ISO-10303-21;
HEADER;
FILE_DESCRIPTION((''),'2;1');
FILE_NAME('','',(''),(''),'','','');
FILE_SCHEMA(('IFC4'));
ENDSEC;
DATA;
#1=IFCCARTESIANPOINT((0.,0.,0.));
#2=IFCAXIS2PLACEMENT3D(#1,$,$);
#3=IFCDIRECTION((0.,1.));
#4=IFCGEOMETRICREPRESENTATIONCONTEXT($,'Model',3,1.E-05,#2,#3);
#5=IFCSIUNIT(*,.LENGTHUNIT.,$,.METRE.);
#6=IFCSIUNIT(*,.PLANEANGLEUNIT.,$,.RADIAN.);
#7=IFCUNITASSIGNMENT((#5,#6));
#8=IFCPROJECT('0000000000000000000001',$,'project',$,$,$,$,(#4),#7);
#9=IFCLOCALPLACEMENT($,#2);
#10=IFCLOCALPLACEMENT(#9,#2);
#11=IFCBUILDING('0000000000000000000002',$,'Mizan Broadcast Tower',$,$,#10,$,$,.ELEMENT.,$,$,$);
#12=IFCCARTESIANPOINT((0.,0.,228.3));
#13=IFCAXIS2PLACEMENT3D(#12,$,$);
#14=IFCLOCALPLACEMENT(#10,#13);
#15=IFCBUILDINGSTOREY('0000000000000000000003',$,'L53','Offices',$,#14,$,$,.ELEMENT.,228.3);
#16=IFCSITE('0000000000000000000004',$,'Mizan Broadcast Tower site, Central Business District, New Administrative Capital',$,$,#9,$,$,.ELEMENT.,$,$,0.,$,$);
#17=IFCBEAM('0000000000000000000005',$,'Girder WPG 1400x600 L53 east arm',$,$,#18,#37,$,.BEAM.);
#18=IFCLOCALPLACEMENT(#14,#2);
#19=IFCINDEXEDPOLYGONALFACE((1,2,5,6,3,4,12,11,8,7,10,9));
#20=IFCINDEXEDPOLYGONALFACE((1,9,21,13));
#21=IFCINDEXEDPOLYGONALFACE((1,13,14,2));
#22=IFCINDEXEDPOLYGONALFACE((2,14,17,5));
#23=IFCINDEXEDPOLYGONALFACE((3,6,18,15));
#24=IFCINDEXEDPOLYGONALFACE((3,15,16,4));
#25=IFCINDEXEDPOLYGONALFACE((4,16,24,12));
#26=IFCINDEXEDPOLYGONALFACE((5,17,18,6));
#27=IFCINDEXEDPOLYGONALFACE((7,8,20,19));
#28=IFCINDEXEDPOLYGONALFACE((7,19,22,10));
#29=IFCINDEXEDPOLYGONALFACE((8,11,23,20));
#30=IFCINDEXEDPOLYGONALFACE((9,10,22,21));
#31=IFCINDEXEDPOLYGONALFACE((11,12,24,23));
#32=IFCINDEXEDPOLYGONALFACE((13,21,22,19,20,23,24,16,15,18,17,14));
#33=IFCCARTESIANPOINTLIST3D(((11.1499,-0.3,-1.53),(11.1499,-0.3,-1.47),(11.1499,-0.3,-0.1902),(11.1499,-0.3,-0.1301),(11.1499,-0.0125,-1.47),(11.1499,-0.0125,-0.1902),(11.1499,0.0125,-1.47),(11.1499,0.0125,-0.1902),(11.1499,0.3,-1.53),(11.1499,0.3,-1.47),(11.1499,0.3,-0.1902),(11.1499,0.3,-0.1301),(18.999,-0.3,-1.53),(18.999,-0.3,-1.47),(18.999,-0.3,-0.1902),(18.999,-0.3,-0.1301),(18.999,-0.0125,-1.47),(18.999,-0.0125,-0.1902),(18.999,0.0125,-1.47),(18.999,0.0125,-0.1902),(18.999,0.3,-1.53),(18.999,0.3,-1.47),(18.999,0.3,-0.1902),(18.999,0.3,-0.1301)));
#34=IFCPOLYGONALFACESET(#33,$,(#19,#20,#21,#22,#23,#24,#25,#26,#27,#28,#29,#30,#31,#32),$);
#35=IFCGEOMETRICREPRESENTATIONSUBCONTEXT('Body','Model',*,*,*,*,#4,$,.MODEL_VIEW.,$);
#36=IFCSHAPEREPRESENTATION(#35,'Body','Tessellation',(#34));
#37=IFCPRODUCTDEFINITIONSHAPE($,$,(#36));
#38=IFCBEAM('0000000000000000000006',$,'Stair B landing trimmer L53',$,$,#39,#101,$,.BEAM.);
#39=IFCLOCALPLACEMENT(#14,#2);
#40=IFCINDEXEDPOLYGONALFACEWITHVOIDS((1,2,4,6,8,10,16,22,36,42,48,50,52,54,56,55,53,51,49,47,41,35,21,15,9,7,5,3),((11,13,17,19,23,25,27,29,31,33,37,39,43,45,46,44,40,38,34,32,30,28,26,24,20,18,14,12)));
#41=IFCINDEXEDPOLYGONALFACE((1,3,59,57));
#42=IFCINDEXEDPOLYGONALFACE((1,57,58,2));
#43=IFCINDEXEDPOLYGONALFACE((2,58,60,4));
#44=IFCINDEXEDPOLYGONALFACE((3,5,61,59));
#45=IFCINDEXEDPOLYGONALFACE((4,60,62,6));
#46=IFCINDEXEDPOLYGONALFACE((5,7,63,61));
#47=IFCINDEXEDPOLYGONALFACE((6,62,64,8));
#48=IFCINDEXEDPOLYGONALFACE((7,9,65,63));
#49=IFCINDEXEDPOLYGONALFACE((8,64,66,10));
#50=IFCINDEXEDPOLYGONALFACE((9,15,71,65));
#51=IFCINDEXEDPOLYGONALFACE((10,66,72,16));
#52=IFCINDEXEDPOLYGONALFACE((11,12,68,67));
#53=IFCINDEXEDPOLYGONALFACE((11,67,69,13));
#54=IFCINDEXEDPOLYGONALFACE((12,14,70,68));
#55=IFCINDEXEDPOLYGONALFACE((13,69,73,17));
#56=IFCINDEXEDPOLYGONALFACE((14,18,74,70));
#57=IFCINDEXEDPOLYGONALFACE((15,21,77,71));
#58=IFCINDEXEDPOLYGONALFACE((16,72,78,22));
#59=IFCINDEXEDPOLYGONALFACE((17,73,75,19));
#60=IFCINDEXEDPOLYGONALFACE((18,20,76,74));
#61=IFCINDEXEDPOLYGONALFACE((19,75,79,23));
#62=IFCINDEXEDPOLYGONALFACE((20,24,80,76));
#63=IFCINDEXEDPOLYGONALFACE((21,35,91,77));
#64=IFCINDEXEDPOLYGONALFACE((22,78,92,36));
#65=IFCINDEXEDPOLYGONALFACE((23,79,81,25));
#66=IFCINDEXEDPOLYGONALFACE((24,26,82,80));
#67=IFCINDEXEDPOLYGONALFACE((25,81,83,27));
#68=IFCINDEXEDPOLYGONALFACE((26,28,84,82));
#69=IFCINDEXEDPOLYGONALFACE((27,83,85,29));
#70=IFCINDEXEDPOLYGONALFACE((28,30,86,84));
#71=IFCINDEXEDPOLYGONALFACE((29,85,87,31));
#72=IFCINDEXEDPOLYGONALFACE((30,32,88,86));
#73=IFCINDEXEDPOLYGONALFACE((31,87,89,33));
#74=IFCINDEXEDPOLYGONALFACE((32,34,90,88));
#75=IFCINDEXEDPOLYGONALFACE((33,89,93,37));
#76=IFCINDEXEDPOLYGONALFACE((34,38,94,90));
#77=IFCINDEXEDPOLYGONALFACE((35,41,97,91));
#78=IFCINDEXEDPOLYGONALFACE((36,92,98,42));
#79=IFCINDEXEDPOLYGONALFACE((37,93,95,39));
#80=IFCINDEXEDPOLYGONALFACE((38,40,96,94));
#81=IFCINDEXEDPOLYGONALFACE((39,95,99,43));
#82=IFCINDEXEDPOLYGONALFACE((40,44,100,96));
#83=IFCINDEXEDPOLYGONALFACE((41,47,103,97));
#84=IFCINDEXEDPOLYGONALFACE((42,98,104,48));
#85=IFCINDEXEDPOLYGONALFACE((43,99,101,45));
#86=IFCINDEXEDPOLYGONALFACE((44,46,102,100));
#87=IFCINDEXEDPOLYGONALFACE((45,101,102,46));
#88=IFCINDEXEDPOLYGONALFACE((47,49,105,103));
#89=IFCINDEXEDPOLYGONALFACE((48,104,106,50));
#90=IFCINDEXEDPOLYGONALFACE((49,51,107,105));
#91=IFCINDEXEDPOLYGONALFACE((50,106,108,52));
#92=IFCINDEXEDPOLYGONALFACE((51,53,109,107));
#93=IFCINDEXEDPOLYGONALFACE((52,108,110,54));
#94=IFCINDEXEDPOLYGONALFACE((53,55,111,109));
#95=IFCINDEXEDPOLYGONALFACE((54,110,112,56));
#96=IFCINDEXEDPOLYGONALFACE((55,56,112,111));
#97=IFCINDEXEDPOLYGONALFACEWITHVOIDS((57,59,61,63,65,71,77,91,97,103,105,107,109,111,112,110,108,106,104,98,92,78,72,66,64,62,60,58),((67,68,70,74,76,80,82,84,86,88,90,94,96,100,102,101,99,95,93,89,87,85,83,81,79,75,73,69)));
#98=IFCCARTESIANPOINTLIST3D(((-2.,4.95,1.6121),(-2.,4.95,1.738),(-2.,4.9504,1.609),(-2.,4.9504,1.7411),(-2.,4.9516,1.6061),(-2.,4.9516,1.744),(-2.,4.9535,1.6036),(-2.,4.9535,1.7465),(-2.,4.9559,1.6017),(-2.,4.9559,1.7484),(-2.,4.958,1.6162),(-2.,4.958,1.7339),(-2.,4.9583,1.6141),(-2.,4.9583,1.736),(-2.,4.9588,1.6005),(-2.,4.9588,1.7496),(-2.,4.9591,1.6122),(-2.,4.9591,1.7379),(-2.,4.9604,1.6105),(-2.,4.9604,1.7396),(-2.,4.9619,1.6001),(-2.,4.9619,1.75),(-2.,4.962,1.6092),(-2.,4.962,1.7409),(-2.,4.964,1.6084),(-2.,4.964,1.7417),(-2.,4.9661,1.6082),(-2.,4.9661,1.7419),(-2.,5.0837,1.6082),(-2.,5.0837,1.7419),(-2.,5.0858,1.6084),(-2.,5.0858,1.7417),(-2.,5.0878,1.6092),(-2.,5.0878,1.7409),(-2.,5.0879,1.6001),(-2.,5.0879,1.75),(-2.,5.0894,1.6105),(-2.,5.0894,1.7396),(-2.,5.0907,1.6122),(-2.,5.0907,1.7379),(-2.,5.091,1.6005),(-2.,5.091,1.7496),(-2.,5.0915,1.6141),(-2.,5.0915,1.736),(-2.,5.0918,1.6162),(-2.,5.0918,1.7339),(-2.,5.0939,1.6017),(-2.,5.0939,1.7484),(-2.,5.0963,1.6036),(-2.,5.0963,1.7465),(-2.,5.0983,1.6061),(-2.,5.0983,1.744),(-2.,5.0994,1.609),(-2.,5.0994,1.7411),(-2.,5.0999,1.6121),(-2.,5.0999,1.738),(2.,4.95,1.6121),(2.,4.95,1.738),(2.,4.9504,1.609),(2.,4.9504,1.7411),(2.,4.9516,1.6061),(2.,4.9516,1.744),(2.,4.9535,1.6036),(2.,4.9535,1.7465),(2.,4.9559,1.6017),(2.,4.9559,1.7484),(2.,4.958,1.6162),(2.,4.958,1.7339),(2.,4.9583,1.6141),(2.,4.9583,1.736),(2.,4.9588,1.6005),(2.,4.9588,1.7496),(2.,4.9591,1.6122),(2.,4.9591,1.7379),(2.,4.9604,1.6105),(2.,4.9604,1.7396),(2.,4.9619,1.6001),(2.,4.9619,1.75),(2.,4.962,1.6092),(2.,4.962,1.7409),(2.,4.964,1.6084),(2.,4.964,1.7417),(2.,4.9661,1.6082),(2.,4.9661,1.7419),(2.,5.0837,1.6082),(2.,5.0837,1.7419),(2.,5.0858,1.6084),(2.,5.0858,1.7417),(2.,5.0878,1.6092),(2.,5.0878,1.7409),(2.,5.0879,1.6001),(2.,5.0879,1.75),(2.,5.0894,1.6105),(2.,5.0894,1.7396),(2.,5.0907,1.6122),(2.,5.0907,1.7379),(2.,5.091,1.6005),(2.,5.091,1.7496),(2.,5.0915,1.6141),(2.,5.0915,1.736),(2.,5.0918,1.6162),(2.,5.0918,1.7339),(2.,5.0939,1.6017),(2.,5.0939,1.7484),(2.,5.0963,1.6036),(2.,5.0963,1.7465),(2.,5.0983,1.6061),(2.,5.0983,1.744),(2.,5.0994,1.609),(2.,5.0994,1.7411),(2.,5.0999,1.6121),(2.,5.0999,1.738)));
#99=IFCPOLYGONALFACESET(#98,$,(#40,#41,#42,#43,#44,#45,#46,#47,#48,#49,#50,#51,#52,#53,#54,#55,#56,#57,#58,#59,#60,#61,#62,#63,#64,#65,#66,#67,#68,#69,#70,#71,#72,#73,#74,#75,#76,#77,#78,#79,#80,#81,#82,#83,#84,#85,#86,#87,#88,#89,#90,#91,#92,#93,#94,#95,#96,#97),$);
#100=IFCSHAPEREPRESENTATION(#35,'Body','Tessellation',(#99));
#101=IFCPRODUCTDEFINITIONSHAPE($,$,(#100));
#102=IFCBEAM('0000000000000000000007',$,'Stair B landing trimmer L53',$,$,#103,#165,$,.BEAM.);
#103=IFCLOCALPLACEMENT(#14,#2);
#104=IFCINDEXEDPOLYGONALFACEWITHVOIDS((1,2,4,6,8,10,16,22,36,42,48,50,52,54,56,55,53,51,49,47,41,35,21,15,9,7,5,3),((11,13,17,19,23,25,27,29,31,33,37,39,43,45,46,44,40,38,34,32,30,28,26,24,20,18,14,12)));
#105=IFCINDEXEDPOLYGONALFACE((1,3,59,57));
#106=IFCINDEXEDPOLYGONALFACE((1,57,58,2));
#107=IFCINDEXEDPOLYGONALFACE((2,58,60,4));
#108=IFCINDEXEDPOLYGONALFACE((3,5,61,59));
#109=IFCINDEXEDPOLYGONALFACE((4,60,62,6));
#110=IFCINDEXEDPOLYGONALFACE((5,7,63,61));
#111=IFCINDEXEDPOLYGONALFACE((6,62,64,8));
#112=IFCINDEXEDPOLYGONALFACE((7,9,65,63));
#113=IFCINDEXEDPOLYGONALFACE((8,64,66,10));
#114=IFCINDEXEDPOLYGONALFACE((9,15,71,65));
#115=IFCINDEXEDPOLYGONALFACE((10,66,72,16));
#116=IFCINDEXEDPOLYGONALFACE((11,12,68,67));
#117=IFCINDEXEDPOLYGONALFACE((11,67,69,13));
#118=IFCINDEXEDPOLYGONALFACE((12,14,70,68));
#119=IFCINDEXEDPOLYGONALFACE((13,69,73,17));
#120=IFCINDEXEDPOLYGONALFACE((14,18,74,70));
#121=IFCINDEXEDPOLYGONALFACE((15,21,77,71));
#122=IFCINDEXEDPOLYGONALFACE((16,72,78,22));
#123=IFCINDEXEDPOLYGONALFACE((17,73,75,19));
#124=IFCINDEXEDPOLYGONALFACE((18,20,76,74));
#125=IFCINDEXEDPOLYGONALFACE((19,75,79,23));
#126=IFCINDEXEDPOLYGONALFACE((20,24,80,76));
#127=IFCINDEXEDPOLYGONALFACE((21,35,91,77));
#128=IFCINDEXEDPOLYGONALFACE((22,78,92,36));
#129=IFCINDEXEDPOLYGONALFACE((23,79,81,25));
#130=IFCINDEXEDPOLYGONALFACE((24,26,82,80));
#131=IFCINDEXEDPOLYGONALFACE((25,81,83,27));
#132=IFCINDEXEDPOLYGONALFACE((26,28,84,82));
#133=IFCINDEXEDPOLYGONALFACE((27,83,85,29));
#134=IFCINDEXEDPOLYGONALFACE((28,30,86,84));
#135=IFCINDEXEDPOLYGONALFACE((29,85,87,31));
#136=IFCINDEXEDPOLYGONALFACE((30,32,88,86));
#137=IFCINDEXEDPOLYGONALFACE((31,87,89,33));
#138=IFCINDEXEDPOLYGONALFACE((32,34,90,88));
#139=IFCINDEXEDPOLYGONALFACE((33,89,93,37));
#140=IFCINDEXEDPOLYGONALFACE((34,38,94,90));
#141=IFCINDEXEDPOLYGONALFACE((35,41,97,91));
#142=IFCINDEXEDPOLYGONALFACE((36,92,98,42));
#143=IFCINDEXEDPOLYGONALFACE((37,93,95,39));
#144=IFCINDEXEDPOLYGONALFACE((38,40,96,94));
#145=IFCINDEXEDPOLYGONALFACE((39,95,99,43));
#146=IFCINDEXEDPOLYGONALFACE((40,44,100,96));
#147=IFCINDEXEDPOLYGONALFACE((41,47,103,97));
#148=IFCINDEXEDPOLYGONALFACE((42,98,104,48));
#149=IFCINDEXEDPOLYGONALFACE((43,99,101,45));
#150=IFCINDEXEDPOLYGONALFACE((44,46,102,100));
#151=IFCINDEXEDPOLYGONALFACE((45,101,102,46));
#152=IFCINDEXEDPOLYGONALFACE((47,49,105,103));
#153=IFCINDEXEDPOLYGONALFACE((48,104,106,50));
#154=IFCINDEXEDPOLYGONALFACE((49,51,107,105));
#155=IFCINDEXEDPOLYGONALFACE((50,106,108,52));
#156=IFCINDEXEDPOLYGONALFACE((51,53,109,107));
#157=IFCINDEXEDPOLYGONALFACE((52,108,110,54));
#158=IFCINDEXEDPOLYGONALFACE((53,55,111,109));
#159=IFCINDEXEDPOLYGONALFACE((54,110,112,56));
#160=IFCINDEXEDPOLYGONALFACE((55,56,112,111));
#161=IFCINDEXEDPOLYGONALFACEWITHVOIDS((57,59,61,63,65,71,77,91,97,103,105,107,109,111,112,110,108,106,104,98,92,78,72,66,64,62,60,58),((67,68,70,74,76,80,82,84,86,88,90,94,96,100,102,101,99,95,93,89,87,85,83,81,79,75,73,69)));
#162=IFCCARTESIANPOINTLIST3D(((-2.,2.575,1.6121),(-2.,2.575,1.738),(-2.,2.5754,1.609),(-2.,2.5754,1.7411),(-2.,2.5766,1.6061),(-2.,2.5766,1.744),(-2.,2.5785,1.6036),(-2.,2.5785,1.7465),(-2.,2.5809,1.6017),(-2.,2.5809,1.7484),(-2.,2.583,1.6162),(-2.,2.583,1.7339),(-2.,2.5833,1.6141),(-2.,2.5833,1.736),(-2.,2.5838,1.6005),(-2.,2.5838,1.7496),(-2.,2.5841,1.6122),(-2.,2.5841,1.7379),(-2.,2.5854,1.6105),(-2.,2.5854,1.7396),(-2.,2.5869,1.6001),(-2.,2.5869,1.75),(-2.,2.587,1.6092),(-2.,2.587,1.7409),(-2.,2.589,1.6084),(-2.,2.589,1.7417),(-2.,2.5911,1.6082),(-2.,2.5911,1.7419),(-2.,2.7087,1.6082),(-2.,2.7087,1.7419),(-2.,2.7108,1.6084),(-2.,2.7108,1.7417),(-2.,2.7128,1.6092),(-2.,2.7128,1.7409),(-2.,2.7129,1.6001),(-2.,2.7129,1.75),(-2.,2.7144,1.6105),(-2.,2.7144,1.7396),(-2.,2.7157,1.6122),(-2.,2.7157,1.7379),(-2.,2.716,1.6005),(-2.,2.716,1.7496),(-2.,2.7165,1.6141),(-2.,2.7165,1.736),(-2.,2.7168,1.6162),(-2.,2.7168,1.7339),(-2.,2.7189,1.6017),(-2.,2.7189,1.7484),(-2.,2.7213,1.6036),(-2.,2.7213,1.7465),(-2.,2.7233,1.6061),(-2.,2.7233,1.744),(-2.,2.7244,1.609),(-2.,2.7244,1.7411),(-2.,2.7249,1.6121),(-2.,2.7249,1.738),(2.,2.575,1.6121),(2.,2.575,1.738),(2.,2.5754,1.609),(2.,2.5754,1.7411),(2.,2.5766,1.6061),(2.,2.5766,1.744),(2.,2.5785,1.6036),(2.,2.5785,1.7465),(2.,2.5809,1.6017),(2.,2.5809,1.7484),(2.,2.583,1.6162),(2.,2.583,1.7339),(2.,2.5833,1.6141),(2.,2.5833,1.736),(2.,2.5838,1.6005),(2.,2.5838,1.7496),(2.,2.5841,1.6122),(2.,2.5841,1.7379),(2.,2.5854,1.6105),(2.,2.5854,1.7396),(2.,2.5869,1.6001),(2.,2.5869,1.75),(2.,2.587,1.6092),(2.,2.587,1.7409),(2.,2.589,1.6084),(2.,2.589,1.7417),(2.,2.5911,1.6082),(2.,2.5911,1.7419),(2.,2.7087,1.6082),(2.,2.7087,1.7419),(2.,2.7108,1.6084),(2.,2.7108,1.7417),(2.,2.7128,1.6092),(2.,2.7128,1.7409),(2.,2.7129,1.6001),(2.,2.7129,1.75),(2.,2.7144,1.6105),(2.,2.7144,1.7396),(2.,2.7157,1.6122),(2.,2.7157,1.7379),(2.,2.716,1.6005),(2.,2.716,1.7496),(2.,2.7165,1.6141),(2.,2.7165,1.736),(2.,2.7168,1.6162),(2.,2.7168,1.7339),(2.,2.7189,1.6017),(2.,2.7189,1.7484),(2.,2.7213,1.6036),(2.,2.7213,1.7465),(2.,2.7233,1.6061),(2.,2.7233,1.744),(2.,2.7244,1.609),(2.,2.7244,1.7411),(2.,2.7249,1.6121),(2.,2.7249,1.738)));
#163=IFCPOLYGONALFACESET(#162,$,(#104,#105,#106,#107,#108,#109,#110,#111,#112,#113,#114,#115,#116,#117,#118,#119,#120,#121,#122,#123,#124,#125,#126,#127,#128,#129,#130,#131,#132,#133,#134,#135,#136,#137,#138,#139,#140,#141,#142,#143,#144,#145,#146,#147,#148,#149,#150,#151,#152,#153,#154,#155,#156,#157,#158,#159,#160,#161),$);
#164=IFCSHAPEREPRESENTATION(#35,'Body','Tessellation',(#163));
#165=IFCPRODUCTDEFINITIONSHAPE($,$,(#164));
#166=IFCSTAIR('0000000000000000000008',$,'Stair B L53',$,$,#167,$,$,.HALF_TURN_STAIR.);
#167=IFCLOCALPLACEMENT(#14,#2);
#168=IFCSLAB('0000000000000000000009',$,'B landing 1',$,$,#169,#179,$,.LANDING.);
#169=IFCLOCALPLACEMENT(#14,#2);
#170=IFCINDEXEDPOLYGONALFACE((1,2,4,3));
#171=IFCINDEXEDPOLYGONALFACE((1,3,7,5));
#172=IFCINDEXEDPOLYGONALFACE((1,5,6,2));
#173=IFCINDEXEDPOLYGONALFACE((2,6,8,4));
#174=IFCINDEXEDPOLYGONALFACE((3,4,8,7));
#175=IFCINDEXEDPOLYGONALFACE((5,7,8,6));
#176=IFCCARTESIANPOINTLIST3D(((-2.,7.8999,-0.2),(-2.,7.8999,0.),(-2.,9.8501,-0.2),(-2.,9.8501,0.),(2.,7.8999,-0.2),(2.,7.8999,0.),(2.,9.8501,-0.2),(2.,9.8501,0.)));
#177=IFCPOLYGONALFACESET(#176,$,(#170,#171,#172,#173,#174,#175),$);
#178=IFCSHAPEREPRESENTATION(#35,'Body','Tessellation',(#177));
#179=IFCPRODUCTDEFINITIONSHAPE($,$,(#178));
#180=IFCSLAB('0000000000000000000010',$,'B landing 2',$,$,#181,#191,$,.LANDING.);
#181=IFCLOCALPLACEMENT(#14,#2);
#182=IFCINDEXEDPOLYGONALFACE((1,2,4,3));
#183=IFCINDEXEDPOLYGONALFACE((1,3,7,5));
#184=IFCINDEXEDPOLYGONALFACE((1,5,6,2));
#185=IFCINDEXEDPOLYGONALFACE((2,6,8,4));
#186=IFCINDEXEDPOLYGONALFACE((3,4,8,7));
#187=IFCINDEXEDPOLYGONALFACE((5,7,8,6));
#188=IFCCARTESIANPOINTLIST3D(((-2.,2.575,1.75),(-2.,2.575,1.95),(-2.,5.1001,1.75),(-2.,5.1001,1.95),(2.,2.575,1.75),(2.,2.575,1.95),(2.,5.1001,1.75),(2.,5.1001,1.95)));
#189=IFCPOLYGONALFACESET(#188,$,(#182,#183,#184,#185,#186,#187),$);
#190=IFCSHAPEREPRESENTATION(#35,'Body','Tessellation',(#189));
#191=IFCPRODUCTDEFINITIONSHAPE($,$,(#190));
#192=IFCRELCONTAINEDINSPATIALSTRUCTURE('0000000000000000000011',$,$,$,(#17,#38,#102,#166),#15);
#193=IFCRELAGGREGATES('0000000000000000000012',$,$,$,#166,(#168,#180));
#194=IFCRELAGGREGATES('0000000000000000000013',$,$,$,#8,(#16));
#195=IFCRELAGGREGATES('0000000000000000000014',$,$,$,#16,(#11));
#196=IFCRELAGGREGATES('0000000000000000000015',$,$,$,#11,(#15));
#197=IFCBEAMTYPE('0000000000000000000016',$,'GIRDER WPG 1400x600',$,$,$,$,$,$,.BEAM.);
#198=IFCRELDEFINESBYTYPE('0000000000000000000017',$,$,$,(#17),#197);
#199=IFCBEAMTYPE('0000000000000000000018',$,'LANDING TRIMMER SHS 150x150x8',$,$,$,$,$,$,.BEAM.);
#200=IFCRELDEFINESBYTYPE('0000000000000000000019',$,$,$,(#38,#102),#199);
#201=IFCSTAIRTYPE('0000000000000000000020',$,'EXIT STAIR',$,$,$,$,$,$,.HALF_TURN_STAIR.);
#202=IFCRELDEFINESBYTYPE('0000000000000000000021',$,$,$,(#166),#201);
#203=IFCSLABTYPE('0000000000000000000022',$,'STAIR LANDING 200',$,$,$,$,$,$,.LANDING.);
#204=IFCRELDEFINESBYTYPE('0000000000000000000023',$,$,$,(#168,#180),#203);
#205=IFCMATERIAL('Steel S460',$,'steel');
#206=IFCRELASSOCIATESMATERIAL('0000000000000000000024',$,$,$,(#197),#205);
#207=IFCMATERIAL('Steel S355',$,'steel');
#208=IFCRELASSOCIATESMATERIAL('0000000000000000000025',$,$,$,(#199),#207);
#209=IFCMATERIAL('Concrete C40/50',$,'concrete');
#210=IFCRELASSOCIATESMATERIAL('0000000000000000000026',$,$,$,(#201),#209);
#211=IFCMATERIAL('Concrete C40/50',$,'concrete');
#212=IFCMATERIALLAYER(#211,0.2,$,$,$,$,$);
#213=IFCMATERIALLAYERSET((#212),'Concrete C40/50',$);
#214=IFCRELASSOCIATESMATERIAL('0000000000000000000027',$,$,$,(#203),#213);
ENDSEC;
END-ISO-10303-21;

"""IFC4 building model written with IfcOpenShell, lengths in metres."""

from ifc_helpers import new_model, si_unit, direction, frame, origin, origin_2d, place, context, subcontext, project, spatial, polyline, hollow_rectangle, i_section, outline, extrude, material, layer, layer_set, material_profile, profile_set, type_object, element, aggregate, save


model = new_model("IFC4")

# Units and contexts
model_context = context("Model", 3, precision=1e-05, world=origin(), true_north=direction((0.0, 1.0)))
body_context = subcontext(model_context, "Body", "Model", "MODEL_VIEW")
ifc_project = project(units=[si_unit("LENGTHUNIT", "METRE"), si_unit("PLANEANGLEUNIT", "RADIAN")], contexts=[model_context])

# Site, building, storey
site_placement = place(None, origin())
site = spatial("IfcSite", under=ifc_project, at=site_placement, Name="Mizan Broadcast Tower site, Central Business District, New Administrative Capital", CompositionType="ELEMENT", RefElevation=0.0)
building_placement = place(site_placement, origin())
building = spatial("IfcBuilding", under=site, at=building_placement, Name="Mizan Broadcast Tower", CompositionType="ELEMENT")
storey_placement = place(building_placement, frame((0.0, 0.0, 228.3)))
storey = spatial("IfcBuildingStorey", under=building, at=storey_placement, Name="L53", Description="Offices", CompositionType="ELEMENT", Elevation=228.3)

# Beams
ifc_material_1 = material(Name="Steel S460", Category="steel")
ifc_material_profile_1 = material_profile(ifc_material_1, i_section(OverallWidth=0.6001, OverallDepth=1.3999, WebThickness=0.0249, FlangeThickness=0.0601, at=origin_2d()), Name="WPG 1400x600")
ifc_profile_set_1 = profile_set([ifc_material_profile_1], Name="Steel S460")
beam_type_1 = type_object("IfcBeamType", Name="GIRDER WPG 1400x600", PredefinedType="BEAM", material=ifc_profile_set_1)
beam_placement = place(storey_placement, frame((11.1499, 0.0, -0.8301), z_axis=(1.0, 0.0, 0.0), x_axis=(0.0, 1.0, 0.0)))
element("IfcBeam", 1, at=beam_placement, inside=storey, type_object=beam_type_1, Name="Girder WPG 1400x600 L53 east arm", PredefinedType="BEAM", context=body_context, shape_type="SweptSolid", body=[
    extrude(i_section(OverallWidth=0.6001, OverallDepth=1.3999, WebThickness=0.0249, FlangeThickness=0.0601, at=origin_2d()), origin(), (0.0, 0.0, 1.0), 7.8491),
])
ifc_material_2 = material(Name="Steel S355", Category="steel")
ifc_material_profile_2 = material_profile(ifc_material_2, hollow_rectangle(XDim=0.1499, YDim=0.1499, WallThickness=0.0081, InnerFilletRadius=0.0081, OuterFilletRadius=0.012, at=origin_2d()), Name="SHS 150x150x8")
ifc_profile_set_2 = profile_set([ifc_material_profile_2], Name="Steel S355")
beam_type_2 = type_object("IfcBeamType", Name="LANDING TRIMMER SHS 150x150x8", PredefinedType="BEAM", material=ifc_profile_set_2)
for number, where, z_axis, x_axis, name in (
    (2, (2.0, 5.0249, 1.675), (-1.0, 0.0, 0.0), (0.0, -1.0, 0.0), "Stair B landing trimmer L53"),
    (3, (2.0, 2.6499, 1.675), (-1.0, 0.0, 0.0), (0.0, -1.0, 0.0), "Stair B landing trimmer L53"),
):
    element("IfcBeam", number, at=place(storey_placement, frame(where, z_axis=z_axis, x_axis=x_axis)), inside=storey, type_object=beam_type_2, Name=name, PredefinedType="BEAM", context=body_context, shape_type="SweptSolid", body=[
        extrude(hollow_rectangle(XDim=0.1499, YDim=0.1499, WallThickness=0.0081, InnerFilletRadius=0.0081, OuterFilletRadius=0.012, at=origin_2d()), origin(), (0.0, 0.0, 1.0), 4.0),
    ])

# Stair, slabs
ifc_material_3 = material(Name="Concrete C40/50", Category="concrete")
stair_type = type_object("IfcStairType", Name="EXIT STAIR", PredefinedType="HALF_TURN_STAIR", material=ifc_material_3)
stair_placement = place(storey_placement, origin())
stair = element("IfcStair", 4, at=stair_placement, inside=storey, type_object=stair_type, Name="Stair B L53", PredefinedType="HALF_TURN_STAIR")
ifc_material_4 = material(Name="Concrete C40/50", Category="concrete")
ifc_layer_1 = layer(ifc_material_4, 0.2)
ifc_layer_set_1 = layer_set([ifc_layer_1], Name="Concrete C40/50")
slab_type = type_object("IfcSlabType", Name="STAIR LANDING 200", PredefinedType="LANDING", material=ifc_layer_set_1)
slab_1_placement = place(storey_placement, frame((0.0, 0.0, -0.2)))
slab_1 = element("IfcSlab", 5, at=slab_1_placement, type_object=slab_type, Name="B landing 1", PredefinedType="LANDING", context=body_context, shape_type="SweptSolid", body=[
    extrude(outline(polyline([(2.0, 9.8501), (2.0, 7.8999), (-2.0, 7.8999), (-2.0, 9.8501), (2.0, 9.8501)])), origin(), (0.0, 0.0, 1.0), 0.2),
])
slab_2_placement = place(storey_placement, frame((0.0, 0.0, 1.75)))
slab_2 = element("IfcSlab", 6, at=slab_2_placement, type_object=slab_type, Name="B landing 2", PredefinedType="LANDING", context=body_context, shape_type="SweptSolid", body=[
    extrude(outline(polyline([(2.0, 5.1001), (2.0, 2.575), (-2.0, 2.575), (-2.0, 5.1001), (2.0, 5.1001)])), origin(), (0.0, 0.0, 1.0), 0.2),
])

aggregate(stair, [slab_1, slab_2])

save(model, "model.ifc")
